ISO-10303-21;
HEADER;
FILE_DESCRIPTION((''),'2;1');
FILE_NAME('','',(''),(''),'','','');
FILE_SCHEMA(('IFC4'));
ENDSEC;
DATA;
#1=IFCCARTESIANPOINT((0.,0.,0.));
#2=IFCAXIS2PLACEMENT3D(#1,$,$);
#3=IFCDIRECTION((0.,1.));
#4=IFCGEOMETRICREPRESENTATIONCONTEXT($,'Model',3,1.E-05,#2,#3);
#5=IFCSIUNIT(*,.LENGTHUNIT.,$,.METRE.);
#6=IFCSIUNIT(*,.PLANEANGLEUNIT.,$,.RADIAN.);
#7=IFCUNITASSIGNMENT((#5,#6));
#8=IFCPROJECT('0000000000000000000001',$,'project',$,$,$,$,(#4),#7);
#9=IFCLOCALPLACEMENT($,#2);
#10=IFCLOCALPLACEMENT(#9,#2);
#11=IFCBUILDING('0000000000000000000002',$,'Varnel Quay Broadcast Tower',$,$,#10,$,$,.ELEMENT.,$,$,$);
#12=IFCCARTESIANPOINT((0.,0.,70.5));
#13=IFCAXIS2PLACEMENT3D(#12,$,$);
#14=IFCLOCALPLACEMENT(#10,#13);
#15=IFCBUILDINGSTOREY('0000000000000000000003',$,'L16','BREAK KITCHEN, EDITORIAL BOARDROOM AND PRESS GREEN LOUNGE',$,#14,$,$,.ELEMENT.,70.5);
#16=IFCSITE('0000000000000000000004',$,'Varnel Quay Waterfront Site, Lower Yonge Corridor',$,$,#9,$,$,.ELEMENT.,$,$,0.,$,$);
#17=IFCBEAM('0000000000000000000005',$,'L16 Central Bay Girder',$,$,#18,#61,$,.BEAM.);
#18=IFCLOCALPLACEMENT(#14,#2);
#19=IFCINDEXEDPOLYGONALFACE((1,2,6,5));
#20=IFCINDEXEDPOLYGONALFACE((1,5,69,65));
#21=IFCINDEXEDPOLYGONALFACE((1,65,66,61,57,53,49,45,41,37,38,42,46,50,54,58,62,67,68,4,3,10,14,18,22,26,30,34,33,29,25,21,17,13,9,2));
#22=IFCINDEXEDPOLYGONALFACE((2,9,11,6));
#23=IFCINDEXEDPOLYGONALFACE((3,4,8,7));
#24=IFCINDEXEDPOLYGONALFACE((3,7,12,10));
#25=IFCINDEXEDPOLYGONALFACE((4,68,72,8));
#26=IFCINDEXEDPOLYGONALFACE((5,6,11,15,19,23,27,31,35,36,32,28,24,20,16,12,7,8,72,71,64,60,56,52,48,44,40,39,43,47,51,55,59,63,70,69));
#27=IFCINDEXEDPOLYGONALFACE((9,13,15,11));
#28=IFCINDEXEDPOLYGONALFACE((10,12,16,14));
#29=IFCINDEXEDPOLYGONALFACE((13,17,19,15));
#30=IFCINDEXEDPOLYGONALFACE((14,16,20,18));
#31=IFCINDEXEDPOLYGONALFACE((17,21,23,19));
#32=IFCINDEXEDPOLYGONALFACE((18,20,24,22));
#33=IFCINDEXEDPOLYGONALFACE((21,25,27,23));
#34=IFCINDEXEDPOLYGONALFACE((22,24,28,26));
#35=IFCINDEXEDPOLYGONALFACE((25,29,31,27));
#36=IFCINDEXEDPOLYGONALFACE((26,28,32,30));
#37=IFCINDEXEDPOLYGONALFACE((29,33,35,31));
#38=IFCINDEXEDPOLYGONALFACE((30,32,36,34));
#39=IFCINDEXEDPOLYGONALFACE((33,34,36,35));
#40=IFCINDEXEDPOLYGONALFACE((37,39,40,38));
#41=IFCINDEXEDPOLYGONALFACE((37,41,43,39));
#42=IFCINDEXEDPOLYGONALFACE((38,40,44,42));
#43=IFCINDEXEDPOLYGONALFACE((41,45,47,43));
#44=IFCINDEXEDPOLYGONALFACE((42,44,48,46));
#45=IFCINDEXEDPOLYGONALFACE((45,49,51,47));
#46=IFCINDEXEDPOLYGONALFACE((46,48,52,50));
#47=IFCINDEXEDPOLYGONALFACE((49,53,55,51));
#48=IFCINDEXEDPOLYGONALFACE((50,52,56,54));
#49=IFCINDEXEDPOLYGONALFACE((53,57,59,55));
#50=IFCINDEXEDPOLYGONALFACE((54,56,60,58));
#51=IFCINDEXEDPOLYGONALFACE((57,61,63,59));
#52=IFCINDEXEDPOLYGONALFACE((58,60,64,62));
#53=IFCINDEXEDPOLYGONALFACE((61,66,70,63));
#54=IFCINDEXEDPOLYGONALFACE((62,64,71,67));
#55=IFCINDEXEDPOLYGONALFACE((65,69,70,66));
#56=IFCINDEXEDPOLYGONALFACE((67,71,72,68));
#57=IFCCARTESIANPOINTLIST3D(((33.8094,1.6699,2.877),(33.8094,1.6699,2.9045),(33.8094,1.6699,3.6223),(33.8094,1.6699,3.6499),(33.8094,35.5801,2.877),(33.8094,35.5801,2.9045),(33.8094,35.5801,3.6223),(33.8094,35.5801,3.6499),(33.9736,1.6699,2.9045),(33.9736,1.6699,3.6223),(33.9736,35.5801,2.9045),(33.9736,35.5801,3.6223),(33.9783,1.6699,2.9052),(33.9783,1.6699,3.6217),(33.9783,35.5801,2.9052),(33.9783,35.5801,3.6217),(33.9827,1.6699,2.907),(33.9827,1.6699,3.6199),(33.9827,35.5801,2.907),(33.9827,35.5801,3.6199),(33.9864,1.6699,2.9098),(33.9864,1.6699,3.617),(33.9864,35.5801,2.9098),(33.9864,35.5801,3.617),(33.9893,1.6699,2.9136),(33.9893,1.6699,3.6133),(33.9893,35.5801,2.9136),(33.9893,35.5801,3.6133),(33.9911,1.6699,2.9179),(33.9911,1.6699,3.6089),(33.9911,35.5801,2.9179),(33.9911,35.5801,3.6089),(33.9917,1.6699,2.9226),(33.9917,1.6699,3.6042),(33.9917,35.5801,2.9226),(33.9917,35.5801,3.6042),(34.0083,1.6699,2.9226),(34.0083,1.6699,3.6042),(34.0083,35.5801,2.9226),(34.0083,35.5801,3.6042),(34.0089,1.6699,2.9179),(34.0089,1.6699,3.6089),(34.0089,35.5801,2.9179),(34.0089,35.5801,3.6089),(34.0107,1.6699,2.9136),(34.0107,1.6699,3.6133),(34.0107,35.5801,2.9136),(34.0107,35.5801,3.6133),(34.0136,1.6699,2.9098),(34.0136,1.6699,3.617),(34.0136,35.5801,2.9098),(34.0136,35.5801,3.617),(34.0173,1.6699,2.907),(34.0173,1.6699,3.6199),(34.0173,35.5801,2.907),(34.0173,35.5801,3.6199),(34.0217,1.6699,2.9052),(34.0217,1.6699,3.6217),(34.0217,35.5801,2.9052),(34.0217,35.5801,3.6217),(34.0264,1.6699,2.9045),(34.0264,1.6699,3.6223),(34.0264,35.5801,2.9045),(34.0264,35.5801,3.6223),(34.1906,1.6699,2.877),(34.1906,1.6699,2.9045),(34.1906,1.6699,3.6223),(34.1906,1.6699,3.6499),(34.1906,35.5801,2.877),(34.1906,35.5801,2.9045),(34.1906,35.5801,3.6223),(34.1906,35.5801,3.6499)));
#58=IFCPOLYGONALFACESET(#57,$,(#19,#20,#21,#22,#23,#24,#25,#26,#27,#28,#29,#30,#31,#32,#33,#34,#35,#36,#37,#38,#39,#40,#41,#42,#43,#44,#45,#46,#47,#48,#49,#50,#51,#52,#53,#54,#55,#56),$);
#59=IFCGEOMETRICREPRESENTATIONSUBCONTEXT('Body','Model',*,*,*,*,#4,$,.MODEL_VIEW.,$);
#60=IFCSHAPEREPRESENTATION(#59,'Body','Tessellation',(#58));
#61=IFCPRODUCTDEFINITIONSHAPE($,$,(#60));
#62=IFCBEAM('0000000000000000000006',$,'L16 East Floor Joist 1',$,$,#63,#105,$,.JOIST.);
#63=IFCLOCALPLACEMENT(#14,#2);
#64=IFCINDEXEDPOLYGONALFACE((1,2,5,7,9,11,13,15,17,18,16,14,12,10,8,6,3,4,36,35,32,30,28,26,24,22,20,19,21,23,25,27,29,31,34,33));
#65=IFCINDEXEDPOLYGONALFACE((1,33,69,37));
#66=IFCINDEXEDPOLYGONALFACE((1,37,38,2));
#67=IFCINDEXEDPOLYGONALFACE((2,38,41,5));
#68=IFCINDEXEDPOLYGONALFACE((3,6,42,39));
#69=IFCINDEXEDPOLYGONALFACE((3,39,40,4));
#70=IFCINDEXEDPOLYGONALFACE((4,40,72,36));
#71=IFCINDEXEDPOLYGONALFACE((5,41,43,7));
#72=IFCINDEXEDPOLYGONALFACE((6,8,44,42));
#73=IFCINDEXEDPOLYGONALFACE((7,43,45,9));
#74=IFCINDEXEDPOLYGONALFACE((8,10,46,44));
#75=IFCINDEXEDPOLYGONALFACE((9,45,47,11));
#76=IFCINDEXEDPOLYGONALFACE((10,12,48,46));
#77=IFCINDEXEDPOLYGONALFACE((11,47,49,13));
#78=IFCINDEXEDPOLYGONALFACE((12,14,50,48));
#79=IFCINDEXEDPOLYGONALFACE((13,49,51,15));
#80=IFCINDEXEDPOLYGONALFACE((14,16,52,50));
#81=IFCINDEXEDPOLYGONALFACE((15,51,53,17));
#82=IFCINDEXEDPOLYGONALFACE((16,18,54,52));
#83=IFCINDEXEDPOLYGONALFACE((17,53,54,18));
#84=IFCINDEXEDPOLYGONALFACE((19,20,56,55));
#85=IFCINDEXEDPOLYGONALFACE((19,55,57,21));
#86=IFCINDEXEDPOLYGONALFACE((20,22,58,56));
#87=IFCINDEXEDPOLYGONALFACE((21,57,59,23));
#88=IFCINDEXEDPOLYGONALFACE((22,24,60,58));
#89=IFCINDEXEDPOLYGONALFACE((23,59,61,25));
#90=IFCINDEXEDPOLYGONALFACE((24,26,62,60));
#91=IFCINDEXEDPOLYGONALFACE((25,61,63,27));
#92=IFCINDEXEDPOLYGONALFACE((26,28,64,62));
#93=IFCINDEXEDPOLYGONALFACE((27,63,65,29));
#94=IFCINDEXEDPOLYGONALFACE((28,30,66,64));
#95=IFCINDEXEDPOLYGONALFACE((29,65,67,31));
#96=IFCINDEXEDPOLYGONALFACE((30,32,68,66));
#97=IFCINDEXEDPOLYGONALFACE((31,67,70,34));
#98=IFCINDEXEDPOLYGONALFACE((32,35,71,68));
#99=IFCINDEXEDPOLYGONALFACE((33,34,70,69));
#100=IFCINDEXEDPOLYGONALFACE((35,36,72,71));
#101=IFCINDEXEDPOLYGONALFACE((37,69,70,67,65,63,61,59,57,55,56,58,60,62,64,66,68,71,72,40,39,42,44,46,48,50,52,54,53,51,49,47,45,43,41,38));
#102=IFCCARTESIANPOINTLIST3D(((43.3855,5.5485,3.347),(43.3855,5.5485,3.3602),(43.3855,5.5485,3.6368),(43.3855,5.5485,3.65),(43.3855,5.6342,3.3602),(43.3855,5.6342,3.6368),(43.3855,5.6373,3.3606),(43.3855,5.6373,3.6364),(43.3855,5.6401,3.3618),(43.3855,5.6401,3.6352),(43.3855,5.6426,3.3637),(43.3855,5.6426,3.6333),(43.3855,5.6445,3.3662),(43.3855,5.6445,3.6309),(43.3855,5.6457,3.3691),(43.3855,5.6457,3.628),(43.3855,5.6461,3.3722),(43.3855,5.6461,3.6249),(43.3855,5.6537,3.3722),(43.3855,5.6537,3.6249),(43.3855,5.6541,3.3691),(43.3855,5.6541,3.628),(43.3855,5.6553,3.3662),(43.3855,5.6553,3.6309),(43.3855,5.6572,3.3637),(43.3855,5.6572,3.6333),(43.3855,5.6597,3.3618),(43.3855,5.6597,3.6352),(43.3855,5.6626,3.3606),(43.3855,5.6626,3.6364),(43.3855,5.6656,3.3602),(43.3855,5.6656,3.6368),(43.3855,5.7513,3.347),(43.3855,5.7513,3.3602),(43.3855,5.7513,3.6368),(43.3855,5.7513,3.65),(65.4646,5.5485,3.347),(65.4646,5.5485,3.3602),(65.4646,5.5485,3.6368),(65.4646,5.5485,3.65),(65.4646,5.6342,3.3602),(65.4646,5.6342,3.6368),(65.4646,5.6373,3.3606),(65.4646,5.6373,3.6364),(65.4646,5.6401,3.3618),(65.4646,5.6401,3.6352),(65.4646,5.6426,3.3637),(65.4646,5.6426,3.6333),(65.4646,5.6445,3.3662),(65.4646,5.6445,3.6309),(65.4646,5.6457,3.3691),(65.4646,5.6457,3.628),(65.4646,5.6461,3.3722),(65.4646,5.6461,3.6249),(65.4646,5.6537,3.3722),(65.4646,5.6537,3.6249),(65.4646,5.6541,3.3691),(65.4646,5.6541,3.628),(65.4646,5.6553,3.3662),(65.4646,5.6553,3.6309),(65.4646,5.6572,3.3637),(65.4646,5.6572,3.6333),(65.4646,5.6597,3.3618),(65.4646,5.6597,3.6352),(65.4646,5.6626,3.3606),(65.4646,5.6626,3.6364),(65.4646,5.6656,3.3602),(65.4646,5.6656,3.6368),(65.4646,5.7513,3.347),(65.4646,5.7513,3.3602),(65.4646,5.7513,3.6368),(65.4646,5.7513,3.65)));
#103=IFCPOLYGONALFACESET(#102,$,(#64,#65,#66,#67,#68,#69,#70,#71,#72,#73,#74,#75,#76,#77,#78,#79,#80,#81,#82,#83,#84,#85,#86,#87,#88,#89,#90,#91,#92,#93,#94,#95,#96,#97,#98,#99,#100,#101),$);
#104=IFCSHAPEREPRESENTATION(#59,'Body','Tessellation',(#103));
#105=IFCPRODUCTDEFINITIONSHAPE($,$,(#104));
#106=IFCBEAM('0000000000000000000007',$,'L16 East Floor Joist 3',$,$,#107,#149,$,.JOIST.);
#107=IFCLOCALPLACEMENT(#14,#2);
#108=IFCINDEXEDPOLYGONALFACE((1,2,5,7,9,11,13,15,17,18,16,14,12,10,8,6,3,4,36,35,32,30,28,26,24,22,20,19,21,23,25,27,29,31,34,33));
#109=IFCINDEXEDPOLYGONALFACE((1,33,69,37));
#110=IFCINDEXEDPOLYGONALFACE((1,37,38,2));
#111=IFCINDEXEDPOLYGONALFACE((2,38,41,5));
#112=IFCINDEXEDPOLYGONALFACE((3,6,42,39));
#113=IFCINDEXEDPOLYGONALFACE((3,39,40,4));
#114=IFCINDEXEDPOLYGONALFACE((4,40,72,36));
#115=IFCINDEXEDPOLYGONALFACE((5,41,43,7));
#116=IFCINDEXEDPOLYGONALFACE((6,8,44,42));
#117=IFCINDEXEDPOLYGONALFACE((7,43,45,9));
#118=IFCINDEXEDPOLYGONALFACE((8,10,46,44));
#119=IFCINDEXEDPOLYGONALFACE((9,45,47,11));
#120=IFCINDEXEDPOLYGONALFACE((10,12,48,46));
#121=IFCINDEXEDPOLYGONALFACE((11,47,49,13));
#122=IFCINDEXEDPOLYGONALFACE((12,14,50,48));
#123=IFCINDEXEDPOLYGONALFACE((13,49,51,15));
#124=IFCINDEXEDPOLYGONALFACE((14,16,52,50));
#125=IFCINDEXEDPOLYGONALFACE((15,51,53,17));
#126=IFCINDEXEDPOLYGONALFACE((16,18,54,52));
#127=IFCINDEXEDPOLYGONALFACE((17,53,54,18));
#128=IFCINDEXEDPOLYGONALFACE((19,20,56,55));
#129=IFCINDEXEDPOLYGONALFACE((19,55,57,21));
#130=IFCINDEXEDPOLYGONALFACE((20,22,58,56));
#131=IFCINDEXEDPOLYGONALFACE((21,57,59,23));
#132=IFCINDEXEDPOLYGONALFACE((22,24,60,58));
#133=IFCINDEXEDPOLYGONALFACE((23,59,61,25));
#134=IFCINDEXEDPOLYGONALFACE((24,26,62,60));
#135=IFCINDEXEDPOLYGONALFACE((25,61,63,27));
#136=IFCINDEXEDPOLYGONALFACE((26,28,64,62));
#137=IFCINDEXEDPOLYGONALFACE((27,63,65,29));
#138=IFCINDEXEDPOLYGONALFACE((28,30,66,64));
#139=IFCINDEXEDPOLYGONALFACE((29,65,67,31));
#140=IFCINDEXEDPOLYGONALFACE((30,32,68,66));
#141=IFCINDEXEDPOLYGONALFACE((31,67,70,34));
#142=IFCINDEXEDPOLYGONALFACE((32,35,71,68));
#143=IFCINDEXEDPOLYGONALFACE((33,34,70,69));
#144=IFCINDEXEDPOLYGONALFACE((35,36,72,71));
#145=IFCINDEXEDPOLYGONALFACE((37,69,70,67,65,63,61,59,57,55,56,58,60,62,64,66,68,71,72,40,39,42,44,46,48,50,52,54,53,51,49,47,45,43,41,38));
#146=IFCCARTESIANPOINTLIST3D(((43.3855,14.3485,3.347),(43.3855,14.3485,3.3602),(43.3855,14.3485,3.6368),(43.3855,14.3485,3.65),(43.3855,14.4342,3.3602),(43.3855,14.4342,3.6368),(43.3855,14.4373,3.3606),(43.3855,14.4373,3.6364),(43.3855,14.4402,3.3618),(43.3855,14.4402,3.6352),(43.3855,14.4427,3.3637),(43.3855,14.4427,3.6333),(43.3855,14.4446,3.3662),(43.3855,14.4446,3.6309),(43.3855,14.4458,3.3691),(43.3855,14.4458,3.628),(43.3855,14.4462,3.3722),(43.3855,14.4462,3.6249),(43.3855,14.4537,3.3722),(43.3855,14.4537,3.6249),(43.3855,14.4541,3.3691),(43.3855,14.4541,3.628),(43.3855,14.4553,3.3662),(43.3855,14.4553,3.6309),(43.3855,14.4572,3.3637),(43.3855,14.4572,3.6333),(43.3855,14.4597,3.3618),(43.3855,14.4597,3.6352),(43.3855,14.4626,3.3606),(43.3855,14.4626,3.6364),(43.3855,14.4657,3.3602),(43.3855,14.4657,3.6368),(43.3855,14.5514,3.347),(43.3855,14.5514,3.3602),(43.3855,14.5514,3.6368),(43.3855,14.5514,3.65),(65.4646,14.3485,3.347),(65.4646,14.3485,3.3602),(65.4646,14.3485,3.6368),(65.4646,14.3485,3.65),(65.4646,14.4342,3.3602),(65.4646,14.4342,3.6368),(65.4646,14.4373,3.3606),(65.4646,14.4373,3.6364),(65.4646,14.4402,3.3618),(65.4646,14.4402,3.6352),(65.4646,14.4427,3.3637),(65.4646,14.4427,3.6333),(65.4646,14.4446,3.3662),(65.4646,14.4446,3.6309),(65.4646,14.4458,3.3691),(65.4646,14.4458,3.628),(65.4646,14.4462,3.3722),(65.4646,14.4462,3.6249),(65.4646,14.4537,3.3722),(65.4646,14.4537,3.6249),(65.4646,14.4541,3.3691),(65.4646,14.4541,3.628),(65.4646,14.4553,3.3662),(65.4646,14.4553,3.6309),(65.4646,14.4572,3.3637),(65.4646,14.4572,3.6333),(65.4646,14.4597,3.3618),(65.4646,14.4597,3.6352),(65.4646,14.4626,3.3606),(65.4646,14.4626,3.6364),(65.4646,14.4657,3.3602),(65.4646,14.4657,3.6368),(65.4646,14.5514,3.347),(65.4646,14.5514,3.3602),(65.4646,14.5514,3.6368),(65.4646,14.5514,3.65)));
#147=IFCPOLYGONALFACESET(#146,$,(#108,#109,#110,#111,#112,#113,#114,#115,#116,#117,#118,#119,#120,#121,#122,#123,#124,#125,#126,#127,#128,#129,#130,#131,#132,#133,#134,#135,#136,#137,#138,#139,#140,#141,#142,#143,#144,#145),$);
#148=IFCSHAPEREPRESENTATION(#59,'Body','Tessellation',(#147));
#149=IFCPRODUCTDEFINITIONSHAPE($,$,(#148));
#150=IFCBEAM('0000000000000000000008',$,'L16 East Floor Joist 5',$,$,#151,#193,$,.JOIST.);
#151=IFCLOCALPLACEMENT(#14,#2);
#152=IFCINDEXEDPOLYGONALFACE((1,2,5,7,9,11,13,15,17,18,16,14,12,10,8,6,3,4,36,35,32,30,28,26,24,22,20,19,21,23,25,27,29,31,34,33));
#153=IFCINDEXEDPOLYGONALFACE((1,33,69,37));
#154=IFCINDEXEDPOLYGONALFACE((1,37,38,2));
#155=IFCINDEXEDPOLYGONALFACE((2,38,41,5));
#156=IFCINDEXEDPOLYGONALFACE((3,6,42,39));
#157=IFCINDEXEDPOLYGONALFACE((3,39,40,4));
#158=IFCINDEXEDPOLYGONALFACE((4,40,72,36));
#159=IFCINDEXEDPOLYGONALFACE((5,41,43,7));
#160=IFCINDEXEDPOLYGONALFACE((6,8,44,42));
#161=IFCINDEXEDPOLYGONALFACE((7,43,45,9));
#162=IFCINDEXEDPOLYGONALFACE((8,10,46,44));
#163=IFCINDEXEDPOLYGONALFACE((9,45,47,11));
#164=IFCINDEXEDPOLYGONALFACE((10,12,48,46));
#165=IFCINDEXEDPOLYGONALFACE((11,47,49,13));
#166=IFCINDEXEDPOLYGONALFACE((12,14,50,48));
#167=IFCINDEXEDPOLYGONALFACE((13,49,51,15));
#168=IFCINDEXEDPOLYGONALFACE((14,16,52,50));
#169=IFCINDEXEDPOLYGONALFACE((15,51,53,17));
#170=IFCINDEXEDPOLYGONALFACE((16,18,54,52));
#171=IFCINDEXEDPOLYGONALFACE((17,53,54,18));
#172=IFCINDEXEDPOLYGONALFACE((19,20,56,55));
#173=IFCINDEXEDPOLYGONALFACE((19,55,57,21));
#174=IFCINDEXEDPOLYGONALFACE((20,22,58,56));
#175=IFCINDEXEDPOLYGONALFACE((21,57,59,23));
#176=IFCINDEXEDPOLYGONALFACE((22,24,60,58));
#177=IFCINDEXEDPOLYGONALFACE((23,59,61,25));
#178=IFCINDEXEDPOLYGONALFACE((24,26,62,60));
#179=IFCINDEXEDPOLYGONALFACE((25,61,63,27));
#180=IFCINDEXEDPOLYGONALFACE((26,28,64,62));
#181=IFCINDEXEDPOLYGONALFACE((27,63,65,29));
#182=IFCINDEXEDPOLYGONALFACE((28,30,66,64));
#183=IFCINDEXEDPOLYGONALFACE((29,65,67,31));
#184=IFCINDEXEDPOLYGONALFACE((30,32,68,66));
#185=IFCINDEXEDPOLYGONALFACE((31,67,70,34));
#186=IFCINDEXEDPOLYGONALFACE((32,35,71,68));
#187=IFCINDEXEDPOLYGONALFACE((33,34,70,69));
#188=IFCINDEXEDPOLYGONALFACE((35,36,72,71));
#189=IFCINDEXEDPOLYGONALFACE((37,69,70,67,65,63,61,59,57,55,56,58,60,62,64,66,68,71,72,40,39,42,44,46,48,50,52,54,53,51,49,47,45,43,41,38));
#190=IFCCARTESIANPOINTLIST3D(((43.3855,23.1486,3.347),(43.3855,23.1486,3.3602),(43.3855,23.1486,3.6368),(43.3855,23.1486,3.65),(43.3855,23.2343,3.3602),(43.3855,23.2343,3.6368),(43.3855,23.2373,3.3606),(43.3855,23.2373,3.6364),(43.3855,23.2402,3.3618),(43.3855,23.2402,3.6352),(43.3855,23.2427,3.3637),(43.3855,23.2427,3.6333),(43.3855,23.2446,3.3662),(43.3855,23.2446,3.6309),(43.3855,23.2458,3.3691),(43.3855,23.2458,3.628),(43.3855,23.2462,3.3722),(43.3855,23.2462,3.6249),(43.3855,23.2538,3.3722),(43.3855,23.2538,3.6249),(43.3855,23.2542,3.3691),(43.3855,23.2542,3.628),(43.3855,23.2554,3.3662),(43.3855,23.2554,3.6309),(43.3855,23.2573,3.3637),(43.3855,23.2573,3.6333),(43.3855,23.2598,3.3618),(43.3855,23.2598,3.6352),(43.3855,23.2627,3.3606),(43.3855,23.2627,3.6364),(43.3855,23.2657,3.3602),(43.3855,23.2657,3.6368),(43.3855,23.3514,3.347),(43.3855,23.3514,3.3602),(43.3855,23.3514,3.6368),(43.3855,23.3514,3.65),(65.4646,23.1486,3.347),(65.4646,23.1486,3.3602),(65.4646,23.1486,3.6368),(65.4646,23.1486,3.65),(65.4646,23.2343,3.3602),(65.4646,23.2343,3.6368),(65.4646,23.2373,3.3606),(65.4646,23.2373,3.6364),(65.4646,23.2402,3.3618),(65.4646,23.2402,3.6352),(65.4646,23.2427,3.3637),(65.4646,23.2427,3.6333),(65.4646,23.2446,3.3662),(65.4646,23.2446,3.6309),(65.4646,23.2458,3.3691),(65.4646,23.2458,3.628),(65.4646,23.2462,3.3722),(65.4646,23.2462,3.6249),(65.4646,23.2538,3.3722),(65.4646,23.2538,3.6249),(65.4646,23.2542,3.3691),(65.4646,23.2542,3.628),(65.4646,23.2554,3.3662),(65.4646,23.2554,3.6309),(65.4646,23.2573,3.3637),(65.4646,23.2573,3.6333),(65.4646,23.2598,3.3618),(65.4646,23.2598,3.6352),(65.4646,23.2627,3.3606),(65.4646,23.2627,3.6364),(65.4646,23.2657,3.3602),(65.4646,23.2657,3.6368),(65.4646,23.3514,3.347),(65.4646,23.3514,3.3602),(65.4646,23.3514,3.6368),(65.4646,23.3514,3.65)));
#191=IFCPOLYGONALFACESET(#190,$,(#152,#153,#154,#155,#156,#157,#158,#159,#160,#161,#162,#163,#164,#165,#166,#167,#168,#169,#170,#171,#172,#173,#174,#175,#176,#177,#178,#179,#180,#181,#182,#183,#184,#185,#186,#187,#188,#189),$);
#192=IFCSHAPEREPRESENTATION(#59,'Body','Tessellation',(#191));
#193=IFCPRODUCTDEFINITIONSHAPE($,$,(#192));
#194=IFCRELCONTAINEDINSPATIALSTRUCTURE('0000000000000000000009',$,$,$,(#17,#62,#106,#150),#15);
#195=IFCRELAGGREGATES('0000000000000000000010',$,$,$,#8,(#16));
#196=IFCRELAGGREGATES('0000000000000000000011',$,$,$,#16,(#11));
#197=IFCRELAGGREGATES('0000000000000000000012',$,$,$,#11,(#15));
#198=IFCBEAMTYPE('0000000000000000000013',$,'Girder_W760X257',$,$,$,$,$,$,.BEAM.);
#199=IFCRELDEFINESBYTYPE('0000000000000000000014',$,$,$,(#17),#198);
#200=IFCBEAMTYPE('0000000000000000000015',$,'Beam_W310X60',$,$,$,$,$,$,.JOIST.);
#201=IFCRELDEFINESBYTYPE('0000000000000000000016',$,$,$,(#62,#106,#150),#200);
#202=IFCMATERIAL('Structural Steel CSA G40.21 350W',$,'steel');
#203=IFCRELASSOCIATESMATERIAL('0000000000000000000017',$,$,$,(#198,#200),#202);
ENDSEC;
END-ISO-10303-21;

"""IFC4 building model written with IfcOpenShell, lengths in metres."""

from ifc_helpers import new_model, si_unit, direction, frame, origin, origin_2d, place, context, subcontext, project, spatial, i_section, extrude, source, transform, mapped, material, material_profile, profile_set, type_object, type_shapes, element, save


model = new_model("IFC4")

# Units and contexts
model_context = context("Model", 3, precision=1e-05, world=origin(), true_north=direction((0.0, 1.0)))
body_context = subcontext(model_context, "Body", "Model", "MODEL_VIEW")
ifc_project = project(units=[si_unit("LENGTHUNIT", "METRE"), si_unit("PLANEANGLEUNIT", "RADIAN")], contexts=[model_context])

# Site, building, storey
site_placement = place(None, origin())
site = spatial("IfcSite", under=ifc_project, at=site_placement, Name="Varnel Quay Waterfront Site, Lower Yonge Corridor", CompositionType="ELEMENT", RefElevation=0.0)
building_placement = place(site_placement, origin())
building = spatial("IfcBuilding", under=site, at=building_placement, Name="Varnel Quay Broadcast Tower", CompositionType="ELEMENT")
storey_placement = place(building_placement, frame((0.0, 0.0, 70.5)))
storey = spatial("IfcBuildingStorey", under=building, at=storey_placement, Name="L16", Description="BREAK KITCHEN, EDITORIAL BOARDROOM AND PRESS GREEN LOUNGE", CompositionType="ELEMENT", Elevation=70.5)

# Shared definitions
ifc_material_1 = material(Name="Structural Steel CSA G40.21 350W", Category="steel")

# Beams
ifc_material_profile_1 = material_profile(ifc_material_1, i_section(OverallWidth=0.3811, OverallDepth=0.7729, WebThickness=0.0166, FlangeThickness=0.0276, FilletRadius=0.0181, at=origin_2d()), Name="W760X257")
ifc_profile_set_1 = profile_set([ifc_material_profile_1], Name="Structural Steel CSA G40.21 350W")
beam_type_1 = type_object("IfcBeamType", Name="Girder_W760X257", PredefinedType="BEAM", material=ifc_profile_set_1)
shared_shape_1 = source(origin(), body_context, "Body", "SweptSolid", [
    extrude(i_section(OverallWidth=0.3811, OverallDepth=0.7729, WebThickness=0.0166, FlangeThickness=0.0276, FilletRadius=0.0181, at=origin_2d()), origin(), (0.0, 0.0, 1.0), 33.9102),
])
beam_1_placement = place(storey_placement, frame((34.0, 1.6699, 3.2634), z_axis=(0.0, 1.0, 0.0), x_axis=(-1.0, 0.0, 0.0)))
element("IfcBeam", 1, at=beam_1_placement, inside=storey, type_object=beam_type_1, Name="L16 Central Bay Girder", PredefinedType="BEAM", context=body_context, shape_type="MappedRepresentation", body=[
    mapped(shared_shape_1, transform((0.0, 0.0, 0.0), x_axis=(1.0, 0.0, 0.0), y_axis=(0.0, 1.0, 0.0), z_axis=(0.0, 0.0, 1.0), scale=1.0)),
])
ifc_material_profile_2 = material_profile(ifc_material_1, i_section(OverallWidth=0.2029, OverallDepth=0.303, WebThickness=0.0076, FlangeThickness=0.0132, FilletRadius=0.012, at=origin_2d()), Name="W310X60")
ifc_profile_set_2 = profile_set([ifc_material_profile_2], Name="Structural Steel CSA G40.21 350W")
beam_type_2 = type_object("IfcBeamType", Name="Beam_W310X60", PredefinedType="JOIST", material=ifc_profile_set_2)
shared_shape_2 = source(origin(), body_context, "Body", "SweptSolid", [
    extrude(i_section(OverallWidth=0.2029, OverallDepth=0.303, WebThickness=0.0076, FlangeThickness=0.0132, FilletRadius=0.012, at=origin_2d()), origin(), (0.0, 0.0, 1.0), 22.0791),
])
type_shapes(beam_type_2, [shared_shape_2])
for number, where, z_axis, x_axis, name in (
    (2, (43.3855, 5.6499, 3.4985), (1.0, 0.0, 0.0), (0.0, 1.0, 0.0), "L16 East Floor Joist 1"),
    (3, (43.3855, 14.45, 3.4985), (1.0, 0.0, 0.0), (0.0, 1.0, 0.0), "L16 East Floor Joist 3"),
    (4, (43.3855, 23.25, 3.4985), (1.0, 0.0, 0.0), (0.0, 1.0, 0.0), "L16 East Floor Joist 5"),
):
    element("IfcBeam", number, at=place(storey_placement, frame(where, z_axis=z_axis, x_axis=x_axis)), inside=storey, type_object=beam_type_2, Name=name, PredefinedType="JOIST", context=body_context, shape_type="MappedRepresentation", body=[
        mapped(shared_shape_2, transform((0.0, 0.0, 0.0), x_axis=(1.0, 0.0, 0.0), y_axis=(0.0, 1.0, 0.0), z_axis=(0.0, 0.0, 1.0), scale=1.0)),
    ])

save(model, "model.ifc")
